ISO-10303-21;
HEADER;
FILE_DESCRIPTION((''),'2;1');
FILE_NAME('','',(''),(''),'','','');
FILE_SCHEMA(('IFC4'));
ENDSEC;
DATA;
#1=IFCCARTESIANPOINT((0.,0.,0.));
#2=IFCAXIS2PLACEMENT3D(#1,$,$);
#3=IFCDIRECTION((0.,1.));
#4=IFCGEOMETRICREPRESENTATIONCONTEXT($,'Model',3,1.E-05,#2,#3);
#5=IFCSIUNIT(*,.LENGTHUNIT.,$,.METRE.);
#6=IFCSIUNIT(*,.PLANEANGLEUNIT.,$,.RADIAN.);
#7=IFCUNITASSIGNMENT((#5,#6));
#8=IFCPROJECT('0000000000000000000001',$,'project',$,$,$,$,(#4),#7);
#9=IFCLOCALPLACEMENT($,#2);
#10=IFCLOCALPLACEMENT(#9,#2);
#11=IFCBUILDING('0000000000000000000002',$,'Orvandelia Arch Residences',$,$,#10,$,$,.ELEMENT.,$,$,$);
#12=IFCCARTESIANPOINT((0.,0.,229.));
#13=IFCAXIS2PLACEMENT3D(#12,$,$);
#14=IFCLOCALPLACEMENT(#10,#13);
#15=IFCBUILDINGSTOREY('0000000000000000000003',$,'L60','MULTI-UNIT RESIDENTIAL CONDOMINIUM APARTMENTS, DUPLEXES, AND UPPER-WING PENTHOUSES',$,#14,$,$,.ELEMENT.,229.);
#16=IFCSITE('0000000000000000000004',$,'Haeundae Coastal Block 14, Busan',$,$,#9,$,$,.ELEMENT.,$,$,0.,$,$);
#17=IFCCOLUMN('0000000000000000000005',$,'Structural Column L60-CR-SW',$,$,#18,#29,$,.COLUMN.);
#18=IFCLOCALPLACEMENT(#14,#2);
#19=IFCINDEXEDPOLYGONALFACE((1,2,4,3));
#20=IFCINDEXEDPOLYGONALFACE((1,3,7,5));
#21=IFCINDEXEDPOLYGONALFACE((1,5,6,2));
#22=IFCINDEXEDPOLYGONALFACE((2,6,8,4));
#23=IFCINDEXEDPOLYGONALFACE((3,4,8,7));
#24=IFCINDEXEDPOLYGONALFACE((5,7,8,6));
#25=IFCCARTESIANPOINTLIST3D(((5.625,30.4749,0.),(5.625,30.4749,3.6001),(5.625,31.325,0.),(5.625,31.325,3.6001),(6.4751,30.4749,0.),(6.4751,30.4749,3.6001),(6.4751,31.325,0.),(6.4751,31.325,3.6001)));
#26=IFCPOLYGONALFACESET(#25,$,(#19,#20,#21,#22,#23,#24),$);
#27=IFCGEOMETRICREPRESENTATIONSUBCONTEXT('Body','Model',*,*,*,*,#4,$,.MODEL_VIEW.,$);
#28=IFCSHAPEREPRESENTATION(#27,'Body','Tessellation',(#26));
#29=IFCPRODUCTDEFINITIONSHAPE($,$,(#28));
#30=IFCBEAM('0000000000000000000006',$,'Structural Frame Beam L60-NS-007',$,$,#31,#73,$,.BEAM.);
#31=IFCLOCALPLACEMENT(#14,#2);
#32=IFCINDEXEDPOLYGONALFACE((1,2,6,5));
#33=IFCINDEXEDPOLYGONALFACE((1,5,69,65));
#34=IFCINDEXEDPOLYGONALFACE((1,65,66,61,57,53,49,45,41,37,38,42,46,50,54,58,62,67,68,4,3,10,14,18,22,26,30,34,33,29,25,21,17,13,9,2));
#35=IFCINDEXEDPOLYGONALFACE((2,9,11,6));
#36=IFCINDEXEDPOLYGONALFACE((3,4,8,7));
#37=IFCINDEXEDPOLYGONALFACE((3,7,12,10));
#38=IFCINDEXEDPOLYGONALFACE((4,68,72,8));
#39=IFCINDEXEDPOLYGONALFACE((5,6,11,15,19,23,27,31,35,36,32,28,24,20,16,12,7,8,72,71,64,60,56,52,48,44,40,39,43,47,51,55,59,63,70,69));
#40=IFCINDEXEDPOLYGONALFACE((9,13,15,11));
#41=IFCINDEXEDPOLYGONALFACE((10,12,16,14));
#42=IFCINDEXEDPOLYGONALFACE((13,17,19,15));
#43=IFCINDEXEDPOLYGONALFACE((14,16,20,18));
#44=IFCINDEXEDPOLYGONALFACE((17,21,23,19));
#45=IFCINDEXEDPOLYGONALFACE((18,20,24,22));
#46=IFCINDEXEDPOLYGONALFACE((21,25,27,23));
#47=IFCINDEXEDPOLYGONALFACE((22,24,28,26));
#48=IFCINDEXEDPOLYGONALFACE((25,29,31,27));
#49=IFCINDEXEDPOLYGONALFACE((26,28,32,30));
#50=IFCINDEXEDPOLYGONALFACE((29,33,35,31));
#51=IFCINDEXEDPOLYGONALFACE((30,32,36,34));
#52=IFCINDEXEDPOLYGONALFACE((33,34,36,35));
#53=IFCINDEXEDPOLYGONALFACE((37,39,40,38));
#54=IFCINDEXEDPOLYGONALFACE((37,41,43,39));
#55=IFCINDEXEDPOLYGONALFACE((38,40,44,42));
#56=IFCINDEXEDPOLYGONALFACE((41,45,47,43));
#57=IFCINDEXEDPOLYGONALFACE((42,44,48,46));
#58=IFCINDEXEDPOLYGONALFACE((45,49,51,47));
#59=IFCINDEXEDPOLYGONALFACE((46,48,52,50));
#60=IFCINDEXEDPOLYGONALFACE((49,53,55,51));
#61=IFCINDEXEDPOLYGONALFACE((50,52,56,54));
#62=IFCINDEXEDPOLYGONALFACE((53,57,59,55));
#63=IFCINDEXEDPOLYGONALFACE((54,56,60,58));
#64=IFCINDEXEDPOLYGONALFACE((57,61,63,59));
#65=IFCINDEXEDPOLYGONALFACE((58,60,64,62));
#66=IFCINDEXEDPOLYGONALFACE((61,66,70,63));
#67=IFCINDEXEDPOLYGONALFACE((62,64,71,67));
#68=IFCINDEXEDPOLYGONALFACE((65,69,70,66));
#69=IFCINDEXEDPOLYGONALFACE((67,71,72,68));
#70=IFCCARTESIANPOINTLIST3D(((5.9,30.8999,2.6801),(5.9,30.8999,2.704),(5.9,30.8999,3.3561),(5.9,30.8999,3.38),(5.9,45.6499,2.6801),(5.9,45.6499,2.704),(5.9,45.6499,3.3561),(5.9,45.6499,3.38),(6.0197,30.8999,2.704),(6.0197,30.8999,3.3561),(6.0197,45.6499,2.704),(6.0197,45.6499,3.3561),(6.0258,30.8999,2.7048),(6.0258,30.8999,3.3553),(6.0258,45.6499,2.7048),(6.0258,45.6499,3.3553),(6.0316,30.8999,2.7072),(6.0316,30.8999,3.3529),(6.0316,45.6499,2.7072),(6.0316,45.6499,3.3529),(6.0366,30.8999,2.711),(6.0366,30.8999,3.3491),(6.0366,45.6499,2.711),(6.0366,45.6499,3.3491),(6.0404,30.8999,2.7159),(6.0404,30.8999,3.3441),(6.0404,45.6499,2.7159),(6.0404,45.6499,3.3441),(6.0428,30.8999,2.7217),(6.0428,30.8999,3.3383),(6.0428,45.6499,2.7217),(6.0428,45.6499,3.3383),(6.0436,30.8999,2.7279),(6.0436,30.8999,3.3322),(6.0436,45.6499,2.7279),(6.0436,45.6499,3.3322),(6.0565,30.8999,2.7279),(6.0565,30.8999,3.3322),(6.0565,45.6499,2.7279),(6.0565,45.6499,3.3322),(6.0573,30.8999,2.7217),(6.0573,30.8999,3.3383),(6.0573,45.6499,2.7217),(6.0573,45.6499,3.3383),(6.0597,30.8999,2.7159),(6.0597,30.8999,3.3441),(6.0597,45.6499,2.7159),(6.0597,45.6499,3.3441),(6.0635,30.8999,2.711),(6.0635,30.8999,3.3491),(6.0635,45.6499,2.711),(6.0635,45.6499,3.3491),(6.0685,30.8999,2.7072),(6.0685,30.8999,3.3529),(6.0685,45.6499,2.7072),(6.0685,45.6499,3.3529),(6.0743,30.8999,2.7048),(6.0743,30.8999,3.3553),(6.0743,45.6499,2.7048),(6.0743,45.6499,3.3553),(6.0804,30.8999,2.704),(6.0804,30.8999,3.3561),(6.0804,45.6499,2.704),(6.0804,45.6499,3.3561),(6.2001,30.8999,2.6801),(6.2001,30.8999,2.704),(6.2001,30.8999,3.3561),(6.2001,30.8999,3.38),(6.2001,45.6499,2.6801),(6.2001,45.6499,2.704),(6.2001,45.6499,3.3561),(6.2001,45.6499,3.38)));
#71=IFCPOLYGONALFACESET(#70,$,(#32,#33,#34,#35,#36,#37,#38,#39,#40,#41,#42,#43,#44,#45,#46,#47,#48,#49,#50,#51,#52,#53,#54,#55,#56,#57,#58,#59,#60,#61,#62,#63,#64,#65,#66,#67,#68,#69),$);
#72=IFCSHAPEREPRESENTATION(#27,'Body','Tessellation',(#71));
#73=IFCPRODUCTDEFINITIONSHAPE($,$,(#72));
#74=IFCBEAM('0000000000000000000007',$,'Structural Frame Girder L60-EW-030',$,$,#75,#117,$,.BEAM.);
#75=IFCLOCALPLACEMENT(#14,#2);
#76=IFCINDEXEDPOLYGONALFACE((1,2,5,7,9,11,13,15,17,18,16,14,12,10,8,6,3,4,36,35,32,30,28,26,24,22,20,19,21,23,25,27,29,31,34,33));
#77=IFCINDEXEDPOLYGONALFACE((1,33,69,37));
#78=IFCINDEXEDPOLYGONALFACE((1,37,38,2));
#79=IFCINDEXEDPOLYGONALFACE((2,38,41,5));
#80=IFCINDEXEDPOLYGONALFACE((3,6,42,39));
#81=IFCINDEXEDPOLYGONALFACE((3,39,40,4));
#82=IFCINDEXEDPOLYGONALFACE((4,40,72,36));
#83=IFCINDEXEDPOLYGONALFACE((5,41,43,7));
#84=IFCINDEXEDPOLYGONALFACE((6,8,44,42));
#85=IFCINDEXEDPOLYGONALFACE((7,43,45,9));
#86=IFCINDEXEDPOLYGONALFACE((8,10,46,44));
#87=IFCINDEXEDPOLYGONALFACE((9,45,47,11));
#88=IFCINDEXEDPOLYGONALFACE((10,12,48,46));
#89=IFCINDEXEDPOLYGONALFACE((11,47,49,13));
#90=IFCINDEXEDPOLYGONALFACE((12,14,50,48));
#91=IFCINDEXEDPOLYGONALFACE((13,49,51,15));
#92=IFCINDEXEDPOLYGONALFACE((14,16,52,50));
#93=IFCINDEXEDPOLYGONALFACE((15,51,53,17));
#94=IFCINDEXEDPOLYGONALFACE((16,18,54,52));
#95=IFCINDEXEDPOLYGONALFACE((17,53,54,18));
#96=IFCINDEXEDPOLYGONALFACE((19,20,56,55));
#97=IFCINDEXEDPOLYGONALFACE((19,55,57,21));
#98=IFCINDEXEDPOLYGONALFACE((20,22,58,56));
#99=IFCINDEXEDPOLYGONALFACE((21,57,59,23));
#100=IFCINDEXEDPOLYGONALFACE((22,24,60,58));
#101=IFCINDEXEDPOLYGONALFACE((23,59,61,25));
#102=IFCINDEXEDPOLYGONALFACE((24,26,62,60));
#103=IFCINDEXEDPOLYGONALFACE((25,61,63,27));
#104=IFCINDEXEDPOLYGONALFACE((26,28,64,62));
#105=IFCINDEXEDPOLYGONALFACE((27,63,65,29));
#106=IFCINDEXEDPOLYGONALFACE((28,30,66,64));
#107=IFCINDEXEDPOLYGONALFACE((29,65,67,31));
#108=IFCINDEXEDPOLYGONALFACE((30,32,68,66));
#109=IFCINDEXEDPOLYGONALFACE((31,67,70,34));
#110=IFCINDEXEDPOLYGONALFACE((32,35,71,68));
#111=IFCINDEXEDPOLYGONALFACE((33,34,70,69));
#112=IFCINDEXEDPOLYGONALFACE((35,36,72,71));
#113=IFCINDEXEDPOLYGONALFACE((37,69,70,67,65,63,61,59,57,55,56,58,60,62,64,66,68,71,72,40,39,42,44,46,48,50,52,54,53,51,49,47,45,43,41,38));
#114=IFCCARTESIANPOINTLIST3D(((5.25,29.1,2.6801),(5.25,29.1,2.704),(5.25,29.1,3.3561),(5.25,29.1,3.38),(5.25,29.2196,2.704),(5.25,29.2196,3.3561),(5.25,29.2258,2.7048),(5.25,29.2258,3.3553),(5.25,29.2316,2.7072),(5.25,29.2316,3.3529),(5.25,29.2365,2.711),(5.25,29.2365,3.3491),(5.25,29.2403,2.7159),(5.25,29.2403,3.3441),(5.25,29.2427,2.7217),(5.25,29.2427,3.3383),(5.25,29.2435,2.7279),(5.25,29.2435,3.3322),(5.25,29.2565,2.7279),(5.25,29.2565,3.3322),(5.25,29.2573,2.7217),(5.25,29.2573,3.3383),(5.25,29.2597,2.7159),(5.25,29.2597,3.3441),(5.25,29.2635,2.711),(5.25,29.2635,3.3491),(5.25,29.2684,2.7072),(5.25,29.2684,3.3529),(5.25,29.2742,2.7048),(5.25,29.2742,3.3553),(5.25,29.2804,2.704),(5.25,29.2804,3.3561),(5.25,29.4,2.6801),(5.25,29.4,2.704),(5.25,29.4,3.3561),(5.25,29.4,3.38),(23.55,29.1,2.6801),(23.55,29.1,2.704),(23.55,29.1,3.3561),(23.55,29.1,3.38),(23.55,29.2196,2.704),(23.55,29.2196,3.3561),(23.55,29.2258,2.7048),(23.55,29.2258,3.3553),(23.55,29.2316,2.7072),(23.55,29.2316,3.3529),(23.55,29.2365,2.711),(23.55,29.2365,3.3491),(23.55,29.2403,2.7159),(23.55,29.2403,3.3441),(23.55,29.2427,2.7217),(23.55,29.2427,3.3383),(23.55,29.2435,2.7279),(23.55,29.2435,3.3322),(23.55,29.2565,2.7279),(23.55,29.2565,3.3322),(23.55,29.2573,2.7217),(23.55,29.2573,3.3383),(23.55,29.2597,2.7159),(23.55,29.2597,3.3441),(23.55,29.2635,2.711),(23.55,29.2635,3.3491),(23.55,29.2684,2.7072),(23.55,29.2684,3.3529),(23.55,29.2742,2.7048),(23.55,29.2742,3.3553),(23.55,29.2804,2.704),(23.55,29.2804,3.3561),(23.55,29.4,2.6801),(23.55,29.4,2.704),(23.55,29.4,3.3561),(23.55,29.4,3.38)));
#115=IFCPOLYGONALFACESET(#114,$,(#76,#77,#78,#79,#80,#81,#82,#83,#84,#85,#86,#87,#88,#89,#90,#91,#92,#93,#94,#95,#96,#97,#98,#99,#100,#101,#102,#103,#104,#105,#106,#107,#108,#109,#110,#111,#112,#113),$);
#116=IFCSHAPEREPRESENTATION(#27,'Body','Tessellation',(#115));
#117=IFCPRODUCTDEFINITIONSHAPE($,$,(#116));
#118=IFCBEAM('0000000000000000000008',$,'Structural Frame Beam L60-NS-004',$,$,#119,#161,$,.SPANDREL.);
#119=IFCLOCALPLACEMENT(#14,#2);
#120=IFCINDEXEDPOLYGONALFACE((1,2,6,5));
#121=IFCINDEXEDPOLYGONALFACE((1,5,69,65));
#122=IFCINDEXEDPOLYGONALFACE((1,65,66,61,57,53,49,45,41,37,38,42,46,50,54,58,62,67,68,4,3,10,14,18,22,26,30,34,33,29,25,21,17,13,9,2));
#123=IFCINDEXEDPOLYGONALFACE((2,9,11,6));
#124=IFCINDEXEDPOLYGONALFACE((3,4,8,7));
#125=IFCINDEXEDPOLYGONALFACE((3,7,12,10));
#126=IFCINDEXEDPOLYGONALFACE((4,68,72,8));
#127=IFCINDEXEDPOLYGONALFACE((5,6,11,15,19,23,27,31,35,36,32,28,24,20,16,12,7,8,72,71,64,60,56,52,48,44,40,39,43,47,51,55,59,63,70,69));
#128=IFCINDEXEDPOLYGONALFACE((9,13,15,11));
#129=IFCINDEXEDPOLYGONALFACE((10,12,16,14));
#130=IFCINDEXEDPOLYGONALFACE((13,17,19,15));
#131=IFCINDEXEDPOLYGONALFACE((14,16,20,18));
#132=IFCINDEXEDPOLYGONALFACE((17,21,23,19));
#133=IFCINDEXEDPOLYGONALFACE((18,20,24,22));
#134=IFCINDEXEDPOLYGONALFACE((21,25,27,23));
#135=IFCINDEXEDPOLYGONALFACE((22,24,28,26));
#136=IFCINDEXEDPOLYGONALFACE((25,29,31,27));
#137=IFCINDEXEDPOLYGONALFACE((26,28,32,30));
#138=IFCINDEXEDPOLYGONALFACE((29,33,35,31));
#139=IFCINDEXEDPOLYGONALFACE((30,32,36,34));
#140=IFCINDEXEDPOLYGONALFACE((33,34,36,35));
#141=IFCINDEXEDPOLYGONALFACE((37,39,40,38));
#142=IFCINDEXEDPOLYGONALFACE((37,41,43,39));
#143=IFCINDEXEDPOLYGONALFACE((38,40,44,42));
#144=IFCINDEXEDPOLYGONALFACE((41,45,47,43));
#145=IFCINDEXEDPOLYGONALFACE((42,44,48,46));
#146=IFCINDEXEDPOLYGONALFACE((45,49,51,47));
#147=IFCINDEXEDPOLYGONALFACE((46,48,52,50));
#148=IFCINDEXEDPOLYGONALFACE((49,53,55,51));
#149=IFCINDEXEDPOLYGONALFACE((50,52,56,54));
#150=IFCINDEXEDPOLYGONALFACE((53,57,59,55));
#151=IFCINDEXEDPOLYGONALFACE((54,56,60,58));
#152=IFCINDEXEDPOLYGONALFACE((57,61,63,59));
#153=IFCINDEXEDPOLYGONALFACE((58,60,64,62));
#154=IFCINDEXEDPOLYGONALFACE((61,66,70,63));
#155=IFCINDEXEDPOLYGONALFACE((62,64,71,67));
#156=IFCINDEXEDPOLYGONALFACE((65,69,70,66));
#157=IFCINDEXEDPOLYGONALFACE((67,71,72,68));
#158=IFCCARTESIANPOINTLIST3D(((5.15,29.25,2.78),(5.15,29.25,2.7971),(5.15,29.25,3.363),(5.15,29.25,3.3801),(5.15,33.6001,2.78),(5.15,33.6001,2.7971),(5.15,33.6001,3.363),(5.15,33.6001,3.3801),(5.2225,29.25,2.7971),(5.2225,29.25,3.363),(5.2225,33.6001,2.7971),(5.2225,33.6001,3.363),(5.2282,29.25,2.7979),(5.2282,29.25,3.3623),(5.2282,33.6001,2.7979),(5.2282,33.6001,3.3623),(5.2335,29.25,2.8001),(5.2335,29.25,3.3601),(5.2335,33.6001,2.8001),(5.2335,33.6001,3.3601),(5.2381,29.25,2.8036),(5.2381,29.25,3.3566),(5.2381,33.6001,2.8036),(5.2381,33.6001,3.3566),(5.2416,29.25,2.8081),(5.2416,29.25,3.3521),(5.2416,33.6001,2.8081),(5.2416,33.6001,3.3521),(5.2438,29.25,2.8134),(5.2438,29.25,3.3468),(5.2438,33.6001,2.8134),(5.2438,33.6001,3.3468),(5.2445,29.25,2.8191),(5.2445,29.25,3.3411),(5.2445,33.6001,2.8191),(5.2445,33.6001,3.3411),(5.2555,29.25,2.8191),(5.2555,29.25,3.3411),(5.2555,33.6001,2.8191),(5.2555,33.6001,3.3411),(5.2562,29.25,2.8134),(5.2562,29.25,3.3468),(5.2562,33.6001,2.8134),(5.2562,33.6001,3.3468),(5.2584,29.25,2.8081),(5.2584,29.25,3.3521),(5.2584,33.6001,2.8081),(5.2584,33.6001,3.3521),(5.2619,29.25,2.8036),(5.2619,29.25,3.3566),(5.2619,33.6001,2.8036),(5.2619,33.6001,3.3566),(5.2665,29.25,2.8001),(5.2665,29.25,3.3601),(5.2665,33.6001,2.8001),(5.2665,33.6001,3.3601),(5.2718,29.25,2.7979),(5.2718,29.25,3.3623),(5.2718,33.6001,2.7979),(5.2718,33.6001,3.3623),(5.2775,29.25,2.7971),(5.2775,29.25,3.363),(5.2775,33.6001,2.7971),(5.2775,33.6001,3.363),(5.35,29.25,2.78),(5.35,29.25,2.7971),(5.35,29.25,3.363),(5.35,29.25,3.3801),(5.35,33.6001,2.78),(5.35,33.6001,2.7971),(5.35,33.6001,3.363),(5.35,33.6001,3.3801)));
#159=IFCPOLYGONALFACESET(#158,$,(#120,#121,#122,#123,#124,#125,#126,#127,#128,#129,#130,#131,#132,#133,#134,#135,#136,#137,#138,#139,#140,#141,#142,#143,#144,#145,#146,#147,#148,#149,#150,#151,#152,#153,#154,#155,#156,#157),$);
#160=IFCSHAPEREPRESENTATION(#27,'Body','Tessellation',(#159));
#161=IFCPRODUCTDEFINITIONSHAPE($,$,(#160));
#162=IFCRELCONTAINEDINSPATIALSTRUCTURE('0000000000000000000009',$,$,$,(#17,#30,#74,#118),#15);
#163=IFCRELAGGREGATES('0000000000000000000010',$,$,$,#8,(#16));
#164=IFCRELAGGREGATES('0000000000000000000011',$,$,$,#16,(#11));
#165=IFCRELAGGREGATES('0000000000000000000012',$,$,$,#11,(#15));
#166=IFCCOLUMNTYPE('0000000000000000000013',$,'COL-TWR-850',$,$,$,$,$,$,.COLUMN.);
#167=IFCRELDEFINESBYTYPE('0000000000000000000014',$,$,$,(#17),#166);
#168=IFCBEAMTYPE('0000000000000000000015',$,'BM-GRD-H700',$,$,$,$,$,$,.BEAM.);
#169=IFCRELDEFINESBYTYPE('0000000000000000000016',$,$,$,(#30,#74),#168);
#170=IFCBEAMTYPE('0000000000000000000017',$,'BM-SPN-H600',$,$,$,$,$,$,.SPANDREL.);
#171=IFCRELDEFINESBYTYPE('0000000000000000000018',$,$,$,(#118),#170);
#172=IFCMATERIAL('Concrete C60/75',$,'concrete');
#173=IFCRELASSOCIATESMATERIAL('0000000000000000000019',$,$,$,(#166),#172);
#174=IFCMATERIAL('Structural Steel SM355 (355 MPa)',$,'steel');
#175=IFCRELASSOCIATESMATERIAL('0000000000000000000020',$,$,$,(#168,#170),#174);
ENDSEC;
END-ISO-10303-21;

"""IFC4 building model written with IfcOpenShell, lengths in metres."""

from ifc_helpers import new_model, si_unit, direction, frame, origin, origin_2d, place, context, subcontext, project, spatial, rectangle, i_section, extrude, material, material_profile, profile_set, type_object, element, save


model = new_model("IFC4")

# Units and contexts
model_context = context("Model", 3, precision=1e-05, world=origin(), true_north=direction((0.0, 1.0)))
body_context = subcontext(model_context, "Body", "Model", "MODEL_VIEW")
ifc_project = project(units=[si_unit("LENGTHUNIT", "METRE"), si_unit("PLANEANGLEUNIT", "RADIAN")], contexts=[model_context])

# Site, building, storey
site_placement = place(None, origin())
site = spatial("IfcSite", under=ifc_project, at=site_placement, Name="Haeundae Coastal Block 14, Busan", CompositionType="ELEMENT", RefElevation=0.0)
building_placement = place(site_placement, origin())
building = spatial("IfcBuilding", under=site, at=building_placement, Name="Orvandelia Arch Residences", CompositionType="ELEMENT")
storey_placement = place(building_placement, frame((0.0, 0.0, 229.0)))
storey = spatial("IfcBuildingStorey", under=building, at=storey_placement, Name="L60", Description="MULTI-UNIT RESIDENTIAL CONDOMINIUM APARTMENTS, DUPLEXES, AND UPPER-WING PENTHOUSES", CompositionType="ELEMENT", Elevation=229.0)

# Column
ifc_material_1 = material(Name="Concrete C60/75", Category="concrete")
ifc_material_profile_1 = material_profile(ifc_material_1, rectangle(XDim=0.8501, YDim=0.8501, at=origin_2d()), Name="Concrete C60/75", Category="concrete")
ifc_profile_set_1 = profile_set([ifc_material_profile_1], Name="Concrete C60/75")
column_type = type_object("IfcColumnType", Name="COL-TWR-850", PredefinedType="COLUMN", material=ifc_profile_set_1)
column_placement = place(storey_placement, frame((6.05, 30.8999, 0.0), z_axis=(0.0, 0.0, 1.0), x_axis=(1.0, 0.0, 0.0)))
element("IfcColumn", 1, at=column_placement, inside=storey, type_object=column_type, Name="Structural Column L60-CR-SW", PredefinedType="COLUMN", context=body_context, shape_type="SweptSolid", body=[
    extrude(rectangle(XDim=0.8501, YDim=0.8501, at=origin_2d()), origin(), (0.0, 0.0, 1.0), 3.6001),
])

# Beams
ifc_material_2 = material(Name="Structural Steel SM355 (355 MPa)", Category="steel")
ifc_material_profile_2 = material_profile(ifc_material_2, i_section(OverallWidth=0.3, OverallDepth=0.7, WebThickness=0.0129, FlangeThickness=0.0239, FilletRadius=0.0239, at=origin_2d()), Name="Structural Steel SM355 (355 MPa)", Category="steel")
ifc_profile_set_2 = profile_set([ifc_material_profile_2], Name="Structural Steel SM355 (355 MPa)")
beam_type_1 = type_object("IfcBeamType", Name="BM-GRD-H700", PredefinedType="BEAM", material=ifc_profile_set_2)
beam_1_placement = place(storey_placement, frame((6.05, 30.8999, 3.03), z_axis=(0.0, 1.0, 0.0), x_axis=(-1.0, 0.0, 0.0)))
element("IfcBeam", 2, at=beam_1_placement, inside=storey, type_object=beam_type_1, Name="Structural Frame Beam L60-NS-007", PredefinedType="BEAM", context=body_context, shape_type="SweptSolid", body=[
    extrude(i_section(OverallWidth=0.3, OverallDepth=0.7, WebThickness=0.0129, FlangeThickness=0.0239, FilletRadius=0.0239, at=origin_2d()), origin(), (0.0, 0.0, 1.0), 14.75),
])
beam_2_placement = place(storey_placement, frame((5.25, 29.25, 3.03), z_axis=(1.0, 0.0, 0.0), x_axis=(0.0, 1.0, 0.0)))
element("IfcBeam", 3, at=beam_2_placement, inside=storey, type_object=beam_type_1, Name="Structural Frame Girder L60-EW-030", PredefinedType="BEAM", context=body_context, shape_type="SweptSolid", body=[
    extrude(i_section(OverallWidth=0.3, OverallDepth=0.7, WebThickness=0.0129, FlangeThickness=0.0239, FilletRadius=0.0239, at=origin_2d()), origin(), (0.0, 0.0, 1.0), 18.3),
])
ifc_material_profile_3 = material_profile(ifc_material_2, i_section(OverallWidth=0.2, OverallDepth=0.6001, WebThickness=0.011, FlangeThickness=0.0171, FilletRadius=0.022, at=origin_2d()), Name="Structural Steel SM355 (355 MPa)", Category="steel")
ifc_profile_set_3 = profile_set([ifc_material_profile_3], Name="Structural Steel SM355 (355 MPa)")
beam_type_2 = type_object("IfcBeamType", Name="BM-SPN-H600", PredefinedType="SPANDREL", material=ifc_profile_set_3)
beam_3_placement = place(storey_placement, frame((5.25, 29.25, 3.0801), z_axis=(0.0, 1.0, 0.0), x_axis=(-1.0, 0.0, 0.0)))
element("IfcBeam", 4, at=beam_3_placement, inside=storey, type_object=beam_type_2, Name="Structural Frame Beam L60-NS-004", PredefinedType="SPANDREL", context=body_context, shape_type="SweptSolid", body=[
    extrude(i_section(OverallWidth=0.2, OverallDepth=0.6001, WebThickness=0.011, FlangeThickness=0.0171, FilletRadius=0.022, at=origin_2d()), origin(), (0.0, 0.0, 1.0), 4.3501),
])

save(model, "model.ifc")
